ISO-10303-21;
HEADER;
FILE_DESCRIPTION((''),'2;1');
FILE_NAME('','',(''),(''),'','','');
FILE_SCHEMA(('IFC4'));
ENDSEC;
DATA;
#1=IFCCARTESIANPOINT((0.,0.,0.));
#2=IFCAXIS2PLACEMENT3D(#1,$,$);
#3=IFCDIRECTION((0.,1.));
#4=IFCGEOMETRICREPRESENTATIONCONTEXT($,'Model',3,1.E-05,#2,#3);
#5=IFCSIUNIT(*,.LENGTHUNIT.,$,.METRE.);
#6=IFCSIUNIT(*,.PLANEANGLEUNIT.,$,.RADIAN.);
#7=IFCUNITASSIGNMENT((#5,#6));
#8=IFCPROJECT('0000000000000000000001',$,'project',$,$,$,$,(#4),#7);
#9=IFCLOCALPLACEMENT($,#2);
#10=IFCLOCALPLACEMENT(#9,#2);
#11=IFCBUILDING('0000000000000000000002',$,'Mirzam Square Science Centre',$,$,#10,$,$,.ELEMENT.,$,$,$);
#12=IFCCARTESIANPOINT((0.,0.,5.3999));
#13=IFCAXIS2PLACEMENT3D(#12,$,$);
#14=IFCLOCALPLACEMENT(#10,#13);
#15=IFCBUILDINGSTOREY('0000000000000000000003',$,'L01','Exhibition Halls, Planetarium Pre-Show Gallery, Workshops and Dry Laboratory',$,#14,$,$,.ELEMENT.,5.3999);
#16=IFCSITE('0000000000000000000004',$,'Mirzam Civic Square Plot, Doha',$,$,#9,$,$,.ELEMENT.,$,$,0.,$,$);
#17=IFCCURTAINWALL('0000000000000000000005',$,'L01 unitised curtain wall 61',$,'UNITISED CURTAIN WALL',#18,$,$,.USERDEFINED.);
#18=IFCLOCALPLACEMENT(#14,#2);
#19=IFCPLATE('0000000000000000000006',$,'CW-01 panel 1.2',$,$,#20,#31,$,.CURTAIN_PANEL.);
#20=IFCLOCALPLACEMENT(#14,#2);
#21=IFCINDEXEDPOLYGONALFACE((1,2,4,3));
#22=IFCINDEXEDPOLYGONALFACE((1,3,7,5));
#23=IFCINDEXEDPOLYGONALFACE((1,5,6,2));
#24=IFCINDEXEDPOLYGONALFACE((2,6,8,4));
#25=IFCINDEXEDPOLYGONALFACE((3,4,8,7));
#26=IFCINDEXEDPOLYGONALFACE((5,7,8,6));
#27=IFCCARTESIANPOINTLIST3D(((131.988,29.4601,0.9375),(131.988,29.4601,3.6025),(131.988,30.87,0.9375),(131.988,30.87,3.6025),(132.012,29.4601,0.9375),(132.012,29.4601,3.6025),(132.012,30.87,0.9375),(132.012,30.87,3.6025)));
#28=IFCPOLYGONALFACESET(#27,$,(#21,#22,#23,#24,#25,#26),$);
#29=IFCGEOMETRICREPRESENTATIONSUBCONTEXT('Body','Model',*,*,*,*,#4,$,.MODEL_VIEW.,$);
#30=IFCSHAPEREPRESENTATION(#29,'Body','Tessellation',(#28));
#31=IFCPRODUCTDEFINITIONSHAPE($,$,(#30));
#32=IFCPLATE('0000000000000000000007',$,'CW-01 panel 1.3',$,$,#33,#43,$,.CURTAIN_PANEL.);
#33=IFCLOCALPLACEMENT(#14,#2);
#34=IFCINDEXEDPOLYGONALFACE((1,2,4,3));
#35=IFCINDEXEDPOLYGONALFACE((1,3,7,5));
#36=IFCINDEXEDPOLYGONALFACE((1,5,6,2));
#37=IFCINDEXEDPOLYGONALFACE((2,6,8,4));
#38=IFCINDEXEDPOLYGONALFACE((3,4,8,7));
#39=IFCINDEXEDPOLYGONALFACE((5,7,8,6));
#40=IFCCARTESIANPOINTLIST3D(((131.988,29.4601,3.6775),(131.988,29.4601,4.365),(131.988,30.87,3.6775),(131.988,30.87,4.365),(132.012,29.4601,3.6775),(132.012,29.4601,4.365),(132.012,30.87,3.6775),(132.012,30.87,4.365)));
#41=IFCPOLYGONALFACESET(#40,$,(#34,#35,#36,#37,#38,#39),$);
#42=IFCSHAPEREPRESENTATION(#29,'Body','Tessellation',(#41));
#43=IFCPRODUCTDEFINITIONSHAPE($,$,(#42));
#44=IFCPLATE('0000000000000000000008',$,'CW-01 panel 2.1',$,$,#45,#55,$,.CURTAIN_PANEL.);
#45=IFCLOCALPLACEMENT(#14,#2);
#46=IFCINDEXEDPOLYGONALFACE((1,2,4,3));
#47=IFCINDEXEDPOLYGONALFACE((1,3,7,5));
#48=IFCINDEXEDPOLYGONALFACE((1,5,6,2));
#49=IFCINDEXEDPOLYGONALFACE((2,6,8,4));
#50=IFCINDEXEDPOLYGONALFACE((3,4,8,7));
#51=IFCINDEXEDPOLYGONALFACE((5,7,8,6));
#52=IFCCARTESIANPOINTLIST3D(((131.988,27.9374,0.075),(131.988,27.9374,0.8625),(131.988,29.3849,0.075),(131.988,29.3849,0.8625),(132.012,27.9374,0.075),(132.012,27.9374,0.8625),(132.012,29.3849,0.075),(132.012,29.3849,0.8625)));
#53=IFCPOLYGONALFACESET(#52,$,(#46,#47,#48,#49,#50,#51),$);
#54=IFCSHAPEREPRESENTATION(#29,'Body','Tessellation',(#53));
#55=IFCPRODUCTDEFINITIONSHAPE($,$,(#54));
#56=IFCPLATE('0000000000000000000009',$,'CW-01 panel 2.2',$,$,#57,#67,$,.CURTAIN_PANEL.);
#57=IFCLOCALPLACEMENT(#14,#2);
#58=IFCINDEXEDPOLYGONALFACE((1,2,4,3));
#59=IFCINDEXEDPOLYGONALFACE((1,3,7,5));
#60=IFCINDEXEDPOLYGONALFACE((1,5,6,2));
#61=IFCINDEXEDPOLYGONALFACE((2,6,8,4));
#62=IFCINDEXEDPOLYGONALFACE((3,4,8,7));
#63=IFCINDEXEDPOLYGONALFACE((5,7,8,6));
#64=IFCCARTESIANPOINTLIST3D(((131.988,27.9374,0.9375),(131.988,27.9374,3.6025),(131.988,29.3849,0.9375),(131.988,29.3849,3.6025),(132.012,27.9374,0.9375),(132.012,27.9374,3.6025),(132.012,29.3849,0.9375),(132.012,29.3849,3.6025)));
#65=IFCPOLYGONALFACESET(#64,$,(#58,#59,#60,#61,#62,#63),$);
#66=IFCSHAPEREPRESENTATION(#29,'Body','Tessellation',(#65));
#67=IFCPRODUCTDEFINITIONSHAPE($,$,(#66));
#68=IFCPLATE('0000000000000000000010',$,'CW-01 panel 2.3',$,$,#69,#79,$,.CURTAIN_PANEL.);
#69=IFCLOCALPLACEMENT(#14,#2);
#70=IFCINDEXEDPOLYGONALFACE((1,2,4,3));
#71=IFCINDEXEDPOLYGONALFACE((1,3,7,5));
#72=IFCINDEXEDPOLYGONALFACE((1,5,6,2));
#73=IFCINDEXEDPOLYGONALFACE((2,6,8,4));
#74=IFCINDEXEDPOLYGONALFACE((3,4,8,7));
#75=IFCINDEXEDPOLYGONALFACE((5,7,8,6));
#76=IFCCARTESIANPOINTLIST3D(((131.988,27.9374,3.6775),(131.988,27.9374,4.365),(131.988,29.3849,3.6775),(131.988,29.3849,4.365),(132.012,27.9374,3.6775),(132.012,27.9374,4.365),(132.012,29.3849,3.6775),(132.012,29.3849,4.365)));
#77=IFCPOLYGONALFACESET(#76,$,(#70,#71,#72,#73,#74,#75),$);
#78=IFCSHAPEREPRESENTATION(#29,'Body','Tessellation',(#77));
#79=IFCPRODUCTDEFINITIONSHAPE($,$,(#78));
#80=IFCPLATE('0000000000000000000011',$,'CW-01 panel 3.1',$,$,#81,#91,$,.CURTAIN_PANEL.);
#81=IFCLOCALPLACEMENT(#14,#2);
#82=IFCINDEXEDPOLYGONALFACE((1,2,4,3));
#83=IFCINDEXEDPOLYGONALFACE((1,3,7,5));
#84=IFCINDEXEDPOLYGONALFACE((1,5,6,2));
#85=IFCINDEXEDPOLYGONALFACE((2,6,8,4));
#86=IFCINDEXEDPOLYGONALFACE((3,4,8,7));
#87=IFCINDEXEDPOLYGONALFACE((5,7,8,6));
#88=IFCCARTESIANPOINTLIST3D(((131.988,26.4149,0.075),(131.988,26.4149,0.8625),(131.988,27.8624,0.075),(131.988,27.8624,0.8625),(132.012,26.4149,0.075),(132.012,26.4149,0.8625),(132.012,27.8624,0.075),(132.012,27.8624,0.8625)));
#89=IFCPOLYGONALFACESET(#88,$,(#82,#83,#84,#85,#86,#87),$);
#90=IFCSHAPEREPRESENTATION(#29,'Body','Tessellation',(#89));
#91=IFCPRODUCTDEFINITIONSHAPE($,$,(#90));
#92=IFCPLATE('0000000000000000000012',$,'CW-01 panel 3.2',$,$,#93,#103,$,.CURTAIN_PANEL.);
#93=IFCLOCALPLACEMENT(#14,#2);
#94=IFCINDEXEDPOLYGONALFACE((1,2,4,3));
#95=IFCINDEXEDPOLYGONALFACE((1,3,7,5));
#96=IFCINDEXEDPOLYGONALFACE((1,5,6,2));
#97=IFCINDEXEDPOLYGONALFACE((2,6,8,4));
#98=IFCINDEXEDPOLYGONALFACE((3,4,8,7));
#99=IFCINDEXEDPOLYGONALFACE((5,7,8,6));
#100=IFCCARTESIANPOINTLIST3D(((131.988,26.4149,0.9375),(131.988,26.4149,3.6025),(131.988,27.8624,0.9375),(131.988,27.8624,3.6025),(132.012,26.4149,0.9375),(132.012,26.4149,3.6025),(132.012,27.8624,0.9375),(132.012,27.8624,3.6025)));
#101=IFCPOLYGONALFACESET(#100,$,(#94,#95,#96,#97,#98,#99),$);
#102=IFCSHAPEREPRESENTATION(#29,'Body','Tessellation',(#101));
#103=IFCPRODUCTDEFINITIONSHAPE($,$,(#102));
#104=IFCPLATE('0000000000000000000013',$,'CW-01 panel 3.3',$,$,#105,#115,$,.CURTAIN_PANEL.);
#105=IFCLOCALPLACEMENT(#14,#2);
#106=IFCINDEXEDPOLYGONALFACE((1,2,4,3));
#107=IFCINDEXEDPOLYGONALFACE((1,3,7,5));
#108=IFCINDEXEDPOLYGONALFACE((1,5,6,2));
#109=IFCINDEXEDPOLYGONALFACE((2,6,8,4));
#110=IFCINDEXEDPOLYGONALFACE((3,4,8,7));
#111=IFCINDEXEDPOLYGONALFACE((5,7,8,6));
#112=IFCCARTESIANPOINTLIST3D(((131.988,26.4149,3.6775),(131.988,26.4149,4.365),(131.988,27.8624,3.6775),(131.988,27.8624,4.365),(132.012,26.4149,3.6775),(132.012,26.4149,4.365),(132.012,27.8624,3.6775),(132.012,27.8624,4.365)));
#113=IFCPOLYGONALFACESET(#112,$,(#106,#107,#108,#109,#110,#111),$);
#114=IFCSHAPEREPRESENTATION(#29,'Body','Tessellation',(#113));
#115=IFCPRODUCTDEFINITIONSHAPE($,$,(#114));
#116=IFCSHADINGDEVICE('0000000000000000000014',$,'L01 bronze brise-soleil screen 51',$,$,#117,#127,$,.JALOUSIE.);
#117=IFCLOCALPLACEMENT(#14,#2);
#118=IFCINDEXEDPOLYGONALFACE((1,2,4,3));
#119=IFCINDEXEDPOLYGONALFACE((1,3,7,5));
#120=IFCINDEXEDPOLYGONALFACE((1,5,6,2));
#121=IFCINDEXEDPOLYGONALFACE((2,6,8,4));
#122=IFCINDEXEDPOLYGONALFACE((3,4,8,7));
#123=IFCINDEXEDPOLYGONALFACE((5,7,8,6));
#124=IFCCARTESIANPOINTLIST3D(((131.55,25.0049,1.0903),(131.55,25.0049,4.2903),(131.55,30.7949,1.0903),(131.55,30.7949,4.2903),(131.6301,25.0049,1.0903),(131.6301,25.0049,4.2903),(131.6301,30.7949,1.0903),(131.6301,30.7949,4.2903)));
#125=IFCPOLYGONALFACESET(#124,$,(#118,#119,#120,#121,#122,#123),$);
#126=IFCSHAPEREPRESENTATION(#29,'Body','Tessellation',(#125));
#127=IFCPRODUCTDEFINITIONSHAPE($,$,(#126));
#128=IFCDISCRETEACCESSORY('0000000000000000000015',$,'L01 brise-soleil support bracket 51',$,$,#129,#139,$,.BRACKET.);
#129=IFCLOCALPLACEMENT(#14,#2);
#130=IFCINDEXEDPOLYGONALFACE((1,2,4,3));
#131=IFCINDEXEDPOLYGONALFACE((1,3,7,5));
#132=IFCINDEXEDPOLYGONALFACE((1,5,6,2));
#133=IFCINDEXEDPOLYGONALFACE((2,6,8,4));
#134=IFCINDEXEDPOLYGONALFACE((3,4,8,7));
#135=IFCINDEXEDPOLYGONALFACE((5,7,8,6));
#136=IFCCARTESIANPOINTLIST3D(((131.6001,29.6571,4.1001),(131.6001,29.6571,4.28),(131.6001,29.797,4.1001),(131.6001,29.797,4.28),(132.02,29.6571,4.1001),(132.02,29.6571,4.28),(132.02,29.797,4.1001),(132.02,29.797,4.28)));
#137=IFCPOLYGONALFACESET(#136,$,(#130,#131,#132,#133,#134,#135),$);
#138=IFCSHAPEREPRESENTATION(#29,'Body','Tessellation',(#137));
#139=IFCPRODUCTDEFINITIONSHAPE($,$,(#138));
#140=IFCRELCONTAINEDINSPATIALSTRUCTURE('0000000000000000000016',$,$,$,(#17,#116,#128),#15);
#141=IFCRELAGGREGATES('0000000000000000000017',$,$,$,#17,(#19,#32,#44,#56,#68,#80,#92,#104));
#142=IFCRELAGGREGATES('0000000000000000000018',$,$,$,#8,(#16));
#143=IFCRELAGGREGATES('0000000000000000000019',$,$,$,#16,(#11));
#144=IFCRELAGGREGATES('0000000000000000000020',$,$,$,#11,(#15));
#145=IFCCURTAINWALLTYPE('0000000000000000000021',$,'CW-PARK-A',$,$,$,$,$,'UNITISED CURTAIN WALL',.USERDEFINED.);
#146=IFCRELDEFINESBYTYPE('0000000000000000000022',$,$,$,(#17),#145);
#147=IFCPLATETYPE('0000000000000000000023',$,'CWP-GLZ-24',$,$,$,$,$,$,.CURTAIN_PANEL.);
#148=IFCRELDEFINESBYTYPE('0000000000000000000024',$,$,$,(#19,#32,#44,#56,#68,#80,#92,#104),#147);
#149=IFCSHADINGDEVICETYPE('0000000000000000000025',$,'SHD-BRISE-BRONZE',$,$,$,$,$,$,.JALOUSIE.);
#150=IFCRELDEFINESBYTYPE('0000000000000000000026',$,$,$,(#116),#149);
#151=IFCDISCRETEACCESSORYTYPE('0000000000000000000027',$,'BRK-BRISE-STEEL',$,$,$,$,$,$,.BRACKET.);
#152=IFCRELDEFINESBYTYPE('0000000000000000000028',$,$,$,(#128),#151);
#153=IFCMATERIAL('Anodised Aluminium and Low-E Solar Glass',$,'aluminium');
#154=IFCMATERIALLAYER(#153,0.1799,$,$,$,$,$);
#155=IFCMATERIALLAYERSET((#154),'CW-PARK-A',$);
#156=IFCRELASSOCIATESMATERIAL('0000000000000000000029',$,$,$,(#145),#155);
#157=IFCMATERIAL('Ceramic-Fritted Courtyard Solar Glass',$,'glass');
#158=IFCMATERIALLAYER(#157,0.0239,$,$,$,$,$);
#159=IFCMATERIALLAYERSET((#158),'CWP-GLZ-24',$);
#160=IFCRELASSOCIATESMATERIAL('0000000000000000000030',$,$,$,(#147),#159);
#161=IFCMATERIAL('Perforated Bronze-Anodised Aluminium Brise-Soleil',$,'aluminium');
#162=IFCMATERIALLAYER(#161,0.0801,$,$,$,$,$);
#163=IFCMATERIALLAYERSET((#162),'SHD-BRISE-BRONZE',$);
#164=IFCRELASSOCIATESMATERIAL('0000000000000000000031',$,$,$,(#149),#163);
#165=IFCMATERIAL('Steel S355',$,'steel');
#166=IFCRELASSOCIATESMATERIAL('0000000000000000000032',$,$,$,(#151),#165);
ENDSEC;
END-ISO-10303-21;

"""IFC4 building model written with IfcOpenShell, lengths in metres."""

from ifc_helpers import new_model, si_unit, direction, frame, origin, origin_2d, place, context, subcontext, project, spatial, rectangle, extrude, material, layer, layer_set, type_object, element, aggregate, save


model = new_model("IFC4")

# Units and contexts
model_context = context("Model", 3, precision=1e-05, world=origin(), true_north=direction((0.0, 1.0)))
body_context = subcontext(model_context, "Body", "Model", "MODEL_VIEW")
ifc_project = project(units=[si_unit("LENGTHUNIT", "METRE"), si_unit("PLANEANGLEUNIT", "RADIAN")], contexts=[model_context])

# Site, building, storey
site_placement = place(None, origin())
site = spatial("IfcSite", under=ifc_project, at=site_placement, Name="Mirzam Civic Square Plot, Doha", CompositionType="ELEMENT", RefElevation=0.0)
building_placement = place(site_placement, origin())
building = spatial("IfcBuilding", under=site, at=building_placement, Name="Mirzam Square Science Centre", CompositionType="ELEMENT")
storey_placement = place(building_placement, frame((0.0, 0.0, 5.3999)))
storey = spatial("IfcBuildingStorey", under=building, at=storey_placement, Name="L01", Description="Exhibition Halls, Planetarium Pre-Show Gallery, Workshops and Dry Laboratory", CompositionType="ELEMENT", Elevation=5.3999)

# Curtain wall, plates
ifc_material_1 = material(Name="Anodised Aluminium and Low-E Solar Glass", Category="aluminium")
ifc_layer_1 = layer(ifc_material_1, 0.1799)
ifc_layer_set_1 = layer_set([ifc_layer_1], Name="CW-PARK-A")
curtain_wall_type = type_object("IfcCurtainWallType", Name="CW-PARK-A", ElementType="UNITISED CURTAIN WALL", PredefinedType="USERDEFINED", material=ifc_layer_set_1)
curtain_wall_placement = place(storey_placement, origin())
curtain_wall = element("IfcCurtainWall", 1, at=curtain_wall_placement, inside=storey, type_object=curtain_wall_type, Name="L01 unitised curtain wall 61", ObjectType="UNITISED CURTAIN WALL", PredefinedType="USERDEFINED")
ifc_material_2 = material(Name="Ceramic-Fritted Courtyard Solar Glass", Category="glass")
ifc_layer_2 = layer(ifc_material_2, 0.0239)
ifc_layer_set_2 = layer_set([ifc_layer_2], Name="CWP-GLZ-24")
plate_type = type_object("IfcPlateType", Name="CWP-GLZ-24", PredefinedType="CURTAIN_PANEL", material=ifc_layer_set_2)
plate_1_placement = place(storey_placement, frame((132.0, 30.165, 0.9375), z_axis=(0.0, 0.0, 1.0), x_axis=(0.0, -1.0, 0.0)))
plate_1 = element("IfcPlate", 2, at=plate_1_placement, type_object=plate_type, Name="CW-01 panel 1.2", PredefinedType="CURTAIN_PANEL", context=body_context, shape_type="SweptSolid", body=[
    extrude(rectangle(XDim=1.4099, YDim=0.0239, at=origin_2d()), origin(), (0.0, 0.0, 1.0), 2.665),
])
plate_2_placement = place(storey_placement, frame((132.0, 30.165, 3.6775), z_axis=(0.0, 0.0, 1.0), x_axis=(0.0, -1.0, 0.0)))
plate_2 = element("IfcPlate", 3, at=plate_2_placement, type_object=plate_type, Name="CW-01 panel 1.3", PredefinedType="CURTAIN_PANEL", context=body_context, shape_type="SweptSolid", body=[
    extrude(rectangle(XDim=1.4099, YDim=0.0239, at=origin_2d()), origin(), (0.0, 0.0, 1.0), 0.6875),
])
plate_3_placement = place(storey_placement, frame((132.0, 28.6611, 0.075), z_axis=(0.0, 0.0, 1.0), x_axis=(0.0, -1.0, 0.0)))
plate_3 = element("IfcPlate", 4, at=plate_3_placement, type_object=plate_type, Name="CW-01 panel 2.1", PredefinedType="CURTAIN_PANEL", context=body_context, shape_type="SweptSolid", body=[
    extrude(rectangle(XDim=1.4475, YDim=0.0239, at=origin_2d()), origin(), (0.0, 0.0, 1.0), 0.7876),
])
plate_4_placement = place(storey_placement, frame((132.0, 28.6611, 0.9375), z_axis=(0.0, 0.0, 1.0), x_axis=(0.0, -1.0, 0.0)))
plate_4 = element("IfcPlate", 5, at=plate_4_placement, type_object=plate_type, Name="CW-01 panel 2.2", PredefinedType="CURTAIN_PANEL", context=body_context, shape_type="SweptSolid", body=[
    extrude(rectangle(XDim=1.4475, YDim=0.0239, at=origin_2d()), origin(), (0.0, 0.0, 1.0), 2.665),
])
plate_5_placement = place(storey_placement, frame((132.0, 28.6611, 3.6775), z_axis=(0.0, 0.0, 1.0), x_axis=(0.0, -1.0, 0.0)))
plate_5 = element("IfcPlate", 6, at=plate_5_placement, type_object=plate_type, Name="CW-01 panel 2.3", PredefinedType="CURTAIN_PANEL", context=body_context, shape_type="SweptSolid", body=[
    extrude(rectangle(XDim=1.4475, YDim=0.0239, at=origin_2d()), origin(), (0.0, 0.0, 1.0), 0.6875),
])
plate_6_placement = place(storey_placement, frame((132.0, 27.1387, 0.075), z_axis=(0.0, 0.0, 1.0), x_axis=(0.0, -1.0, 0.0)))
plate_6 = element("IfcPlate", 7, at=plate_6_placement, type_object=plate_type, Name="CW-01 panel 3.1", PredefinedType="CURTAIN_PANEL", context=body_context, shape_type="SweptSolid", body=[
    extrude(rectangle(XDim=1.4475, YDim=0.0239, at=origin_2d()), origin(), (0.0, 0.0, 1.0), 0.7876),
])
plate_7_placement = place(storey_placement, frame((132.0, 27.1387, 0.9375), z_axis=(0.0, 0.0, 1.0), x_axis=(0.0, -1.0, 0.0)))
plate_7 = element("IfcPlate", 8, at=plate_7_placement, type_object=plate_type, Name="CW-01 panel 3.2", PredefinedType="CURTAIN_PANEL", context=body_context, shape_type="SweptSolid", body=[
    extrude(rectangle(XDim=1.4475, YDim=0.0239, at=origin_2d()), origin(), (0.0, 0.0, 1.0), 2.665),
])
plate_8_placement = place(storey_placement, frame((132.0, 27.1387, 3.6775), z_axis=(0.0, 0.0, 1.0), x_axis=(0.0, -1.0, 0.0)))
plate_8 = element("IfcPlate", 9, at=plate_8_placement, type_object=plate_type, Name="CW-01 panel 3.3", PredefinedType="CURTAIN_PANEL", context=body_context, shape_type="SweptSolid", body=[
    extrude(rectangle(XDim=1.4475, YDim=0.0239, at=origin_2d()), origin(), (0.0, 0.0, 1.0), 0.6875),
])
aggregate(curtain_wall, [plate_1, plate_2, plate_3, plate_4, plate_5, plate_6, plate_7, plate_8])

# Shading device
ifc_material_3 = material(Name="Perforated Bronze-Anodised Aluminium Brise-Soleil", Category="aluminium")
ifc_layer_3 = layer(ifc_material_3, 0.0801)
ifc_layer_set_3 = layer_set([ifc_layer_3], Name="SHD-BRISE-BRONZE")
shading_device_type = type_object("IfcShadingDeviceType", Name="SHD-BRISE-BRONZE", PredefinedType="JALOUSIE", material=ifc_layer_set_3)
shading_device_placement = place(storey_placement, frame((131.5901, 27.8999, 1.0903), z_axis=(0.0, 0.0, 1.0), x_axis=(0.0, -1.0, 0.0)))
element("IfcShadingDevice", 10, at=shading_device_placement, inside=storey, type_object=shading_device_type, Name="L01 bronze brise-soleil screen 51", PredefinedType="JALOUSIE", context=body_context, shape_type="SweptSolid", body=[
    extrude(rectangle(XDim=5.79, YDim=0.0801, at=origin_2d()), origin(), (0.0, 0.0, 1.0), 3.2),
])

# Discrete accessory
ifc_material_4 = material(Name="Steel S355", Category="steel")
discrete_accessory_type = type_object("IfcDiscreteAccessoryType", Name="BRK-BRISE-STEEL", PredefinedType="BRACKET", material=ifc_material_4)
discrete_accessory_placement = place(storey_placement, frame((131.8101, 29.7271, 4.1001), z_axis=(0.0, 0.0, 1.0), x_axis=(0.0, -1.0, 0.0)))
element("IfcDiscreteAccessory", 11, at=discrete_accessory_placement, inside=storey, type_object=discrete_accessory_type, Name="L01 brise-soleil support bracket 51", PredefinedType="BRACKET", context=body_context, shape_type="SweptSolid", body=[
    extrude(rectangle(XDim=0.1399, YDim=0.4199, at=origin_2d()), origin(), (0.0, 0.0, 1.0), 0.1799),
])

save(model, "model.ifc")
